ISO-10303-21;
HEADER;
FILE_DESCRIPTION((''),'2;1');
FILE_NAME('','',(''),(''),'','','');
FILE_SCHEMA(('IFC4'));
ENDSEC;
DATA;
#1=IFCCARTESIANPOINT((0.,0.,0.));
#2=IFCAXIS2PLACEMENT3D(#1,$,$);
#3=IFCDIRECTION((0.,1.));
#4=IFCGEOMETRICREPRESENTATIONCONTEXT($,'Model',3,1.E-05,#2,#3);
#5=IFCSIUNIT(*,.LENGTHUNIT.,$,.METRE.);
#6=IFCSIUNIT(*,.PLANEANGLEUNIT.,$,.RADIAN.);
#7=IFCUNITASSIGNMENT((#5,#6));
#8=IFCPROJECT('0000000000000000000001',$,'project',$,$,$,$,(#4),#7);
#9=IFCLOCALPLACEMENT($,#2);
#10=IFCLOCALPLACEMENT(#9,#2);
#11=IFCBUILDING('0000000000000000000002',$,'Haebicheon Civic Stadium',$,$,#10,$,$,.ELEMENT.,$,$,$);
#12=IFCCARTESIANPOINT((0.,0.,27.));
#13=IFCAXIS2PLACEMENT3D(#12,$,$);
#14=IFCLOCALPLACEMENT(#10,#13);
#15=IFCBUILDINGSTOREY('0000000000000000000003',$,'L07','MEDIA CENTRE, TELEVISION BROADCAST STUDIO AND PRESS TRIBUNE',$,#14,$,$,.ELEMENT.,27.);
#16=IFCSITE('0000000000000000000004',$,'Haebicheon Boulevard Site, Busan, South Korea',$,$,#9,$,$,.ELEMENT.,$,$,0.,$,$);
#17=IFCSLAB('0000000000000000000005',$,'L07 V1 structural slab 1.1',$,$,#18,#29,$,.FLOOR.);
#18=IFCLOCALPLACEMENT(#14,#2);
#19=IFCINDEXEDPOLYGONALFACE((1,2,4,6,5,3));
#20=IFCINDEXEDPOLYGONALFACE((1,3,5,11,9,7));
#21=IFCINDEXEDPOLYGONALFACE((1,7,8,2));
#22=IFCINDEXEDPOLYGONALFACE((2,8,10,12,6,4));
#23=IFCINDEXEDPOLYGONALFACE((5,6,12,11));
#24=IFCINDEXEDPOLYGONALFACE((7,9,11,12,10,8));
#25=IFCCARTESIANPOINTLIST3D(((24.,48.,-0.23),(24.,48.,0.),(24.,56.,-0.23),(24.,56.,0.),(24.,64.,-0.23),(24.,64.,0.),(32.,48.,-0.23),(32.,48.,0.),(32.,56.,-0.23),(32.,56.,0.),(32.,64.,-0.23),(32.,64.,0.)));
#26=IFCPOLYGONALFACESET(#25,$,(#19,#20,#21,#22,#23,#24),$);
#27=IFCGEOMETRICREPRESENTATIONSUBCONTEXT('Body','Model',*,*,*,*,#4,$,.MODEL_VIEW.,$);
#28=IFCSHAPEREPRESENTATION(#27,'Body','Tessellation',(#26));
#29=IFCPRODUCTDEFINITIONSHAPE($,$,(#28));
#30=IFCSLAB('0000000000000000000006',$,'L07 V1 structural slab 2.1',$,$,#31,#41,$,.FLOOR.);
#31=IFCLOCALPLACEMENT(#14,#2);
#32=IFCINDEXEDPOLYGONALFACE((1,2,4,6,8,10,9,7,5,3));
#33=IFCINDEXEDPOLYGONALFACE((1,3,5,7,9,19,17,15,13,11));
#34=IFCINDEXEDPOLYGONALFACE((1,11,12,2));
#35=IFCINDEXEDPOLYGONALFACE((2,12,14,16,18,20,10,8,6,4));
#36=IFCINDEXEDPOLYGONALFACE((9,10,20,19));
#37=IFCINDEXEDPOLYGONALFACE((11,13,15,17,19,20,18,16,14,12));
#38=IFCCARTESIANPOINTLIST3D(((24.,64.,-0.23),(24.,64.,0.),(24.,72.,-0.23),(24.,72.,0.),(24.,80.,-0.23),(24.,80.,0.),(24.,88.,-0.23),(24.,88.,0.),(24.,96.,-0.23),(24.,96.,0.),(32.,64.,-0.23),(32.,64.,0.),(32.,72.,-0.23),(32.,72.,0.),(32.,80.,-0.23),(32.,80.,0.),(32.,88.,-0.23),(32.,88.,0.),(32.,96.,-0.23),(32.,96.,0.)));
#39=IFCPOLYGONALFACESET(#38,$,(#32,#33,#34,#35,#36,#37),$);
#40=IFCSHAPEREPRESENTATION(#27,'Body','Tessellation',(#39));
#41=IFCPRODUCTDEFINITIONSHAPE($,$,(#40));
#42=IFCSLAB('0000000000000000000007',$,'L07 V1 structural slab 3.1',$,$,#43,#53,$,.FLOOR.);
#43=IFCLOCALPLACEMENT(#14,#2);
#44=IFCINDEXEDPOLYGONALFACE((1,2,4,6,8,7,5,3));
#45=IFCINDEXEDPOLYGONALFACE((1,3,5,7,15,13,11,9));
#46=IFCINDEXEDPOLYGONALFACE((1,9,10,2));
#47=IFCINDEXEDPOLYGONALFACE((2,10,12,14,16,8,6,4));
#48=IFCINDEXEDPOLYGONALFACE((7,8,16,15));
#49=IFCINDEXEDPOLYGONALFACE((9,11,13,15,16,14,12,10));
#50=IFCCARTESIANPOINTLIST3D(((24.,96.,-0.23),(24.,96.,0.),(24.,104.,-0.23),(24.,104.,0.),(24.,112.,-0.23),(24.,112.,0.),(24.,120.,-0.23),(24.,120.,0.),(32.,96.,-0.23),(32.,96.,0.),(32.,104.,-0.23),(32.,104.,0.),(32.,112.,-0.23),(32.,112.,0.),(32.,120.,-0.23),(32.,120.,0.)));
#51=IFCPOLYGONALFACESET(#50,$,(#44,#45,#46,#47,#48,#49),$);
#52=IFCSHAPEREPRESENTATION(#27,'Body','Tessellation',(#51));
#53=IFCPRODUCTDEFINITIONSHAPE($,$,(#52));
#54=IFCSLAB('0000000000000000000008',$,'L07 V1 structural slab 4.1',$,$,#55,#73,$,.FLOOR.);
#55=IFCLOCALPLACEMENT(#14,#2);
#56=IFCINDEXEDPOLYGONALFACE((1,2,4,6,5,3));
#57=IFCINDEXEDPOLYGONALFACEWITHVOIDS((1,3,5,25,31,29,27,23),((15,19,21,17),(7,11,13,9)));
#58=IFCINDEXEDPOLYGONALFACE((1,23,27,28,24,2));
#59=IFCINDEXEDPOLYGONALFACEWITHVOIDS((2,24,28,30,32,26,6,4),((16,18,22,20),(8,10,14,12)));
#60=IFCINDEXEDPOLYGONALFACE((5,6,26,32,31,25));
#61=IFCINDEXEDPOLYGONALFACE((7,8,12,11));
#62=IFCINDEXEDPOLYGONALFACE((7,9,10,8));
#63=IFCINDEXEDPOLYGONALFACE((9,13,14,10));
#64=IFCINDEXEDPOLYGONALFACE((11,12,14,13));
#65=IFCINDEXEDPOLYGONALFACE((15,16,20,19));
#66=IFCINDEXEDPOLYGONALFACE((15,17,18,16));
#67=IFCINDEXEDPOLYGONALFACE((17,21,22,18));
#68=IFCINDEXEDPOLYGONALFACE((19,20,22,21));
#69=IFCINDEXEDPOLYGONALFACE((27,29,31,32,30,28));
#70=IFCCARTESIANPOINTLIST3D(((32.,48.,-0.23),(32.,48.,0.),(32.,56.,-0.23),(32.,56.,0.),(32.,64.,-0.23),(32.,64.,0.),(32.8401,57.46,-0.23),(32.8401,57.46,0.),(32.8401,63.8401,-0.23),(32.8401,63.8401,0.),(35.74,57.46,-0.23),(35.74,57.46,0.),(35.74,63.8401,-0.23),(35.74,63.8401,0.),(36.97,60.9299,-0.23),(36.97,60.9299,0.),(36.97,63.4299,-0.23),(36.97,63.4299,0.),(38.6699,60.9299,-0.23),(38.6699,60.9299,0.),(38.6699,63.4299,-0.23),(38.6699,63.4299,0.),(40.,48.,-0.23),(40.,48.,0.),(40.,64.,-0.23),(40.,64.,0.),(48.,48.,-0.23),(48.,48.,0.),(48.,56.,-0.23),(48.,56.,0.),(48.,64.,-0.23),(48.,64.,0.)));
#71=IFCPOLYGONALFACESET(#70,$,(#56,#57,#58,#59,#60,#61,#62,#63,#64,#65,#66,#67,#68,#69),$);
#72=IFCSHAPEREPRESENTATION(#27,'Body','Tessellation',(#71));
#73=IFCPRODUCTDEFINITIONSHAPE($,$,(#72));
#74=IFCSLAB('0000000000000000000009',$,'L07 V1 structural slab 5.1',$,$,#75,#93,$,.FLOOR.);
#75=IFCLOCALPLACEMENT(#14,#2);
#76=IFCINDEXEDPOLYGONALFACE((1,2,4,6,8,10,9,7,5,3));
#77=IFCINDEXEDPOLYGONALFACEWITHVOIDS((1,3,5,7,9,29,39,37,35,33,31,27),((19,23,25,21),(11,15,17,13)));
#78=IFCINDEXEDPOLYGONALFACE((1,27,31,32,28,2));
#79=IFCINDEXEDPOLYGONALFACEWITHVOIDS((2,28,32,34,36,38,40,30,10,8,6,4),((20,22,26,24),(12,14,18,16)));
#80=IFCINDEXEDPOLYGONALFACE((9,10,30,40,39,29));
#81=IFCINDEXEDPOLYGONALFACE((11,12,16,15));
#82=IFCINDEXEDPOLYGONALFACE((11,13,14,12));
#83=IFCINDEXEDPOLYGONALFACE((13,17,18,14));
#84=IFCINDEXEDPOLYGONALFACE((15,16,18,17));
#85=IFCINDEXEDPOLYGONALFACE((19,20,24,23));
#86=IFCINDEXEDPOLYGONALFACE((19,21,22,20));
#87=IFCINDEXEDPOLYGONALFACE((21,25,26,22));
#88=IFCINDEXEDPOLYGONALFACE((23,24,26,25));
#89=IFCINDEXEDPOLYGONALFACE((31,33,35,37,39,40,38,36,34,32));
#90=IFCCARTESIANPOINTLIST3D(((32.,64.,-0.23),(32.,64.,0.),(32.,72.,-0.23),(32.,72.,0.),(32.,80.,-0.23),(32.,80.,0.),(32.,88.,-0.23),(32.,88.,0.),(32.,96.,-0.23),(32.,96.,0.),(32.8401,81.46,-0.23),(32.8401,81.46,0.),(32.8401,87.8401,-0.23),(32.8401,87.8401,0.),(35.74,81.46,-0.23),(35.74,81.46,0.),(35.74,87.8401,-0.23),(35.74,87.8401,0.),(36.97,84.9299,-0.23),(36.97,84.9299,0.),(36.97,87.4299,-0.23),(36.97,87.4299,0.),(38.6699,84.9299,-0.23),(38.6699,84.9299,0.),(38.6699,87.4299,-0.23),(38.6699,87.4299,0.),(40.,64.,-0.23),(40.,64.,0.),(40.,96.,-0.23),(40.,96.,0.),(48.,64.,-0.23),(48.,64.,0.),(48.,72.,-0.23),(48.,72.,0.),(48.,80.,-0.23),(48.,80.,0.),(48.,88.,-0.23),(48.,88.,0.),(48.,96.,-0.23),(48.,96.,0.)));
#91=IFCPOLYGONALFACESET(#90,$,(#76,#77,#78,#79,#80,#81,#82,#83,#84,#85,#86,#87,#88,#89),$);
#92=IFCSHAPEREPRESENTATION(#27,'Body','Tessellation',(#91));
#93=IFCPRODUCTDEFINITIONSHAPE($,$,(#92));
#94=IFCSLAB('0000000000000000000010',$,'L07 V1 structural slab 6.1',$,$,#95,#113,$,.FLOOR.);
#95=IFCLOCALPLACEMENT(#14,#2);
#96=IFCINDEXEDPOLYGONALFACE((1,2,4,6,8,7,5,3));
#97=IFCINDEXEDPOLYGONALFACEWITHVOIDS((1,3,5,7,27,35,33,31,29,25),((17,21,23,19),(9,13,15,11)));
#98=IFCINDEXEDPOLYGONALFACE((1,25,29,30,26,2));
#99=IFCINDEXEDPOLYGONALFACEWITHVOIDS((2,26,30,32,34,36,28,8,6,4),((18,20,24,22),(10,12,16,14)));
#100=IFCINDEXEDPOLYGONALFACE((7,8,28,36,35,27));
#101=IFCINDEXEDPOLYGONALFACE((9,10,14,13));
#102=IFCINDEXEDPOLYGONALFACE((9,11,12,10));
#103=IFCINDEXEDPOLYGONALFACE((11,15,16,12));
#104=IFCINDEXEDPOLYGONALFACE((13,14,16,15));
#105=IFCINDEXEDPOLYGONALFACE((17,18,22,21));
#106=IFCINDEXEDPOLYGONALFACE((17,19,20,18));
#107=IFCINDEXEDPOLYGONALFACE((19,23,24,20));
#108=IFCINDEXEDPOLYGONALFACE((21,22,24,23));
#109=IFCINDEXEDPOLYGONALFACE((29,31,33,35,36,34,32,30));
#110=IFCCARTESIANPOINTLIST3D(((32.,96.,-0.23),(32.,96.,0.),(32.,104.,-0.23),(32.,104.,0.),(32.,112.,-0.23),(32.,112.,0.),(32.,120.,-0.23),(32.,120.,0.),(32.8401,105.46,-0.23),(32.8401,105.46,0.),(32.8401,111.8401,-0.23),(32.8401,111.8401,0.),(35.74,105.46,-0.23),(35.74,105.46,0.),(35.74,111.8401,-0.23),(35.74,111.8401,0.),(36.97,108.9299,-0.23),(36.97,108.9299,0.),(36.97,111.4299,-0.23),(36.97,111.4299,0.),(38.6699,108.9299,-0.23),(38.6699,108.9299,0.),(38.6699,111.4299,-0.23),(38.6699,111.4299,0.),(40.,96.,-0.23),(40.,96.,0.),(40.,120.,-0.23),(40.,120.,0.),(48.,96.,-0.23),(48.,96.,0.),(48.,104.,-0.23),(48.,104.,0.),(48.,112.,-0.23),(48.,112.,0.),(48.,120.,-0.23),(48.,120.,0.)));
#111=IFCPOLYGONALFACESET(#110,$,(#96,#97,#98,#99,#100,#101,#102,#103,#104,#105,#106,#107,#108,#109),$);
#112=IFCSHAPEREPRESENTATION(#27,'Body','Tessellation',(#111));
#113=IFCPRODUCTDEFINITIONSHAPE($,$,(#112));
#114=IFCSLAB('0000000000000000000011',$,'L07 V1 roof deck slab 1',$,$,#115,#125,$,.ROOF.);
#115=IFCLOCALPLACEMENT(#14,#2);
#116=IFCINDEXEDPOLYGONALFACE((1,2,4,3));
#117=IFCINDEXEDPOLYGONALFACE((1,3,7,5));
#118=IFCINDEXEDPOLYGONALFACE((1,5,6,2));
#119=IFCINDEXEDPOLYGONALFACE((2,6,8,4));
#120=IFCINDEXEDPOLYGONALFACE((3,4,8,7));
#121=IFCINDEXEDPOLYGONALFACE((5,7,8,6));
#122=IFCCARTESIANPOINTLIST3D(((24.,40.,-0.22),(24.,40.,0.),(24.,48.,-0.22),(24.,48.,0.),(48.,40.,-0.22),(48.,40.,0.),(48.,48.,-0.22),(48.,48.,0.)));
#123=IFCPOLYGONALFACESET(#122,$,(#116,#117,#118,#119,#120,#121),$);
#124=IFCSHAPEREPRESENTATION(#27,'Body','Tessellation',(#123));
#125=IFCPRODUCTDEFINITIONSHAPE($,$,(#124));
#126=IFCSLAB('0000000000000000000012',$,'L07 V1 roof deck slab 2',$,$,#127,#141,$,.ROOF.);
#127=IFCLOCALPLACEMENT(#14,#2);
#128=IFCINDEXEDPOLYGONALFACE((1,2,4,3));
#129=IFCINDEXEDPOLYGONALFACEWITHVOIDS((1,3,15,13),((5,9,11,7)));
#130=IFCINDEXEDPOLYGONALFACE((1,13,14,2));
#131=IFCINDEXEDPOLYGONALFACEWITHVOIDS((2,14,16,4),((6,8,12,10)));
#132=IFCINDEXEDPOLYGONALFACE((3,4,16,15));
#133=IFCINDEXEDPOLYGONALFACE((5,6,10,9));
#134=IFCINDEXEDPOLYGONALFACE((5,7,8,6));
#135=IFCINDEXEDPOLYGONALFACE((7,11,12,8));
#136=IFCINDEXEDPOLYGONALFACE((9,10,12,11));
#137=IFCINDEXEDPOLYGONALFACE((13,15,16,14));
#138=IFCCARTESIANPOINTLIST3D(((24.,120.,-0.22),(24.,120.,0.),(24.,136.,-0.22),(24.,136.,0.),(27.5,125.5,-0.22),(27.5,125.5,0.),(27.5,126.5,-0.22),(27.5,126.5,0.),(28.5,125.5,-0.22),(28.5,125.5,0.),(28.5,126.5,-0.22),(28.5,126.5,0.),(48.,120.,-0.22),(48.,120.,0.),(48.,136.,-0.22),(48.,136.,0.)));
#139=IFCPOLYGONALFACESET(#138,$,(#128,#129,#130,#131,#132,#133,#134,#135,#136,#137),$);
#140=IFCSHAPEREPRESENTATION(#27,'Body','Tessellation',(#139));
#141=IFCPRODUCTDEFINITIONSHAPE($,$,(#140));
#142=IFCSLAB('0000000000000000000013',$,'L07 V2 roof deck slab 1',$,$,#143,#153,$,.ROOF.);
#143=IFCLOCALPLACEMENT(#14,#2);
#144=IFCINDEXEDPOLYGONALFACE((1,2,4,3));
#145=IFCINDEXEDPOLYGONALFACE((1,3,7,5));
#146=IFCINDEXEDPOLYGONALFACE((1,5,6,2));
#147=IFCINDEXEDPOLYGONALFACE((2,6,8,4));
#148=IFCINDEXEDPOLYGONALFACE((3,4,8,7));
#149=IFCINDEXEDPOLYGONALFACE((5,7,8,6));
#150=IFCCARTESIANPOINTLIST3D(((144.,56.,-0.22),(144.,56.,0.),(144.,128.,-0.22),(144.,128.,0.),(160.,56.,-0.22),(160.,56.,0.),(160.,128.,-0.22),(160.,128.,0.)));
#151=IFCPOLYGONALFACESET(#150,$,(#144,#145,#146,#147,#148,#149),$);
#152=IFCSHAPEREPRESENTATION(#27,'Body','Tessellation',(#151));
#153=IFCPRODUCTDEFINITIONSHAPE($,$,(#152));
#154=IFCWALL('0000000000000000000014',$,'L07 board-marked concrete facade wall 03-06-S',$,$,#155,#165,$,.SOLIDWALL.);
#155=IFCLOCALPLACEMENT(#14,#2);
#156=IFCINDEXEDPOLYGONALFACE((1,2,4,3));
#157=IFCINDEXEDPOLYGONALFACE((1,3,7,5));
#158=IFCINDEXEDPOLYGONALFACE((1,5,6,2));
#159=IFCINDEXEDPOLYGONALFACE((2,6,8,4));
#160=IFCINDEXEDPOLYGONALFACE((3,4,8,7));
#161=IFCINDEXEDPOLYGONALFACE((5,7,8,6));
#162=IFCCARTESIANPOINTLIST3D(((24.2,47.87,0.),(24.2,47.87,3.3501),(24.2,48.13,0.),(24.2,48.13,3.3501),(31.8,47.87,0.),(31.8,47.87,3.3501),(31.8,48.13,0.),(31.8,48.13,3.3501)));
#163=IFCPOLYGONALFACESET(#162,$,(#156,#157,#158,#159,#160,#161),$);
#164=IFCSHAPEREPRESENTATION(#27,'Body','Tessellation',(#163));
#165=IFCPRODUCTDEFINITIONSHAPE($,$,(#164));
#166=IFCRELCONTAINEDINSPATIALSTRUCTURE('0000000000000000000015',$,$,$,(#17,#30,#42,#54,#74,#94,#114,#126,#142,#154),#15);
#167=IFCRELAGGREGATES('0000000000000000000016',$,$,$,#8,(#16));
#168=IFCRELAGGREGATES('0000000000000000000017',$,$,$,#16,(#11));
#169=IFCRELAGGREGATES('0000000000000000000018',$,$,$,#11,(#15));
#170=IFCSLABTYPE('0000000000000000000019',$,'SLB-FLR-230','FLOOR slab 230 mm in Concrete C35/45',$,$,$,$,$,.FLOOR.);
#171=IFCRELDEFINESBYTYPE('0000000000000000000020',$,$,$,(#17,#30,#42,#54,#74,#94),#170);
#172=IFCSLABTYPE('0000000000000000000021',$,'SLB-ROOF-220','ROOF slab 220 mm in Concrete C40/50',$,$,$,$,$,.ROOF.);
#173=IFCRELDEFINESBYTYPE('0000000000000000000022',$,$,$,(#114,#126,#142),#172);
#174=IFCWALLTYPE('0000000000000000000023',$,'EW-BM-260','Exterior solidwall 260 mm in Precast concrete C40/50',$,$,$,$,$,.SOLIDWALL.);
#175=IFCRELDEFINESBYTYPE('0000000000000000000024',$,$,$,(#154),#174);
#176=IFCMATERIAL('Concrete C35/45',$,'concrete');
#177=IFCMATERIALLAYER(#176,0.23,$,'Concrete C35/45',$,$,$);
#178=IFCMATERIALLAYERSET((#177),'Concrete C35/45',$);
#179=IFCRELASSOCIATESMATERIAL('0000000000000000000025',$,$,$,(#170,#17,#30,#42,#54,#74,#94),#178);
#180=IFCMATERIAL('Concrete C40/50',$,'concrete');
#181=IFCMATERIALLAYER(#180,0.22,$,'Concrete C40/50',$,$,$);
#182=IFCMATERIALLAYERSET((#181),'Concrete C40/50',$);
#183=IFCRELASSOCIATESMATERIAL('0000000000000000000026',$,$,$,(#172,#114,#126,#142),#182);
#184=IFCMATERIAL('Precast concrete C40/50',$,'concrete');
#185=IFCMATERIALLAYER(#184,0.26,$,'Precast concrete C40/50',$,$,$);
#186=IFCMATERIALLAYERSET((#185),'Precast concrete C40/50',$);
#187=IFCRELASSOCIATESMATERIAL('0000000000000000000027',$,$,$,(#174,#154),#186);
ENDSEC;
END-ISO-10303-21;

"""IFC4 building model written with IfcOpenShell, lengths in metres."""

from ifc_helpers import new_model, si_unit, direction, frame, frame_2d, origin, place, context, subcontext, project, spatial, polyline, rectangle, outline, extrude, material, layer, layer_set, type_object, element, save


model = new_model("IFC4")

# Units and contexts
model_context = context("Model", 3, precision=1e-05, world=origin(), true_north=direction((0.0, 1.0)))
body_context = subcontext(model_context, "Body", "Model", "MODEL_VIEW")
ifc_project = project(units=[si_unit("LENGTHUNIT", "METRE"), si_unit("PLANEANGLEUNIT", "RADIAN")], contexts=[model_context])

# Site, building, storey
site_placement = place(None, origin())
site = spatial("IfcSite", under=ifc_project, at=site_placement, Name="Haebicheon Boulevard Site, Busan, South Korea", CompositionType="ELEMENT", RefElevation=0.0)
building_placement = place(site_placement, origin())
building = spatial("IfcBuilding", under=site, at=building_placement, Name="Haebicheon Civic Stadium", CompositionType="ELEMENT")
storey_placement = place(building_placement, frame((0.0, 0.0, 27.0)))
storey = spatial("IfcBuildingStorey", under=building, at=storey_placement, Name="L07", Description="MEDIA CENTRE, TELEVISION BROADCAST STUDIO AND PRESS TRIBUNE", CompositionType="ELEMENT", Elevation=27.0)

# Slabs
ifc_material_1 = material(Name="Concrete C35/45", Category="concrete")
ifc_layer_1 = layer(ifc_material_1, 0.23, Name="Concrete C35/45")
ifc_layer_set_1 = layer_set([ifc_layer_1], Name="Concrete C35/45")
slab_type_1 = type_object("IfcSlabType", Name="SLB-FLR-230", Description="FLOOR slab 230 mm in Concrete C35/45", PredefinedType="FLOOR", material=ifc_layer_set_1)
slab_1_placement = place(storey_placement, frame((0.0, 0.0, -0.23)))
element("IfcSlab", 1, at=slab_1_placement, inside=storey, type_object=slab_type_1, material=ifc_layer_set_1, Name="L07 V1 structural slab 1.1", PredefinedType="FLOOR", context=body_context, shape_type="SweptSolid", body=[
    extrude(outline(polyline([(32.0, 48.0), (24.0, 48.0), (24.0, 56.0), (24.0, 64.0), (32.0, 64.0), (32.0, 56.0), (32.0, 48.0)])), origin(), (0.0, 0.0, 1.0), 0.23),
])
slab_2_placement = place(storey_placement, frame((0.0, 0.0, -0.23)))
element("IfcSlab", 2, at=slab_2_placement, inside=storey, type_object=slab_type_1, material=ifc_layer_set_1, Name="L07 V1 structural slab 2.1", PredefinedType="FLOOR", context=body_context, shape_type="SweptSolid", body=[
    extrude(outline(polyline([(24.0, 64.0), (24.0, 72.0), (24.0, 80.0), (24.0, 88.0), (24.0, 96.0), (32.0, 96.0), (32.0, 88.0), (32.0, 80.0), (32.0, 72.0), (32.0, 64.0), (24.0, 64.0)])), origin(), (0.0, 0.0, 1.0), 0.23),
])
slab_3_placement = place(storey_placement, frame((0.0, 0.0, -0.23)))
element("IfcSlab", 3, at=slab_3_placement, inside=storey, type_object=slab_type_1, material=ifc_layer_set_1, Name="L07 V1 structural slab 3.1", PredefinedType="FLOOR", context=body_context, shape_type="SweptSolid", body=[
    extrude(outline(polyline([(32.0, 96.0), (24.0, 96.0), (24.0, 104.0), (24.0, 112.0), (24.0, 120.0), (32.0, 120.0), (32.0, 112.0), (32.0, 104.0), (32.0, 96.0)])), origin(), (0.0, 0.0, 1.0), 0.23),
])
slab_4_placement = place(storey_placement, frame((0.0, 0.0, -0.23)))
element("IfcSlab", 4, at=slab_4_placement, inside=storey, type_object=slab_type_1, material=ifc_layer_set_1, Name="L07 V1 structural slab 4.1", PredefinedType="FLOOR", context=body_context, shape_type="SweptSolid", body=[
    extrude(outline(polyline([(32.0, 56.0), (32.0, 64.0), (40.0, 64.0), (48.0, 64.0), (48.0, 56.0), (48.0, 48.0), (40.0, 48.0), (32.0, 48.0), (32.0, 56.0)]), holes=[polyline([(32.8401, 57.46), (35.74, 57.46), (35.74, 63.8401), (32.8401, 63.8401), (32.8401, 57.46)]), polyline([(36.97, 60.9299), (38.6699, 60.9299), (38.6699, 63.4299), (36.97, 63.4299), (36.97, 60.9299)])]), origin(), (0.0, 0.0, 1.0), 0.23),
])
slab_5_placement = place(storey_placement, frame((0.0, 0.0, -0.23)))
element("IfcSlab", 5, at=slab_5_placement, inside=storey, type_object=slab_type_1, material=ifc_layer_set_1, Name="L07 V1 structural slab 5.1", PredefinedType="FLOOR", context=body_context, shape_type="SweptSolid", body=[
    extrude(outline(polyline([(32.0, 80.0), (32.0, 88.0), (32.0, 96.0), (40.0, 96.0), (48.0, 96.0), (48.0, 88.0), (48.0, 80.0), (48.0, 72.0), (48.0, 64.0), (40.0, 64.0), (32.0, 64.0), (32.0, 72.0), (32.0, 80.0)]), holes=[polyline([(32.8401, 81.46), (35.74, 81.46), (35.74, 87.8401), (32.8401, 87.8401), (32.8401, 81.46)]), polyline([(36.97, 84.9299), (38.6699, 84.9299), (38.6699, 87.4299), (36.97, 87.4299), (36.97, 84.9299)])]), origin(), (0.0, 0.0, 1.0), 0.23),
])
slab_6_placement = place(storey_placement, frame((0.0, 0.0, -0.23)))
element("IfcSlab", 6, at=slab_6_placement, inside=storey, type_object=slab_type_1, material=ifc_layer_set_1, Name="L07 V1 structural slab 6.1", PredefinedType="FLOOR", context=body_context, shape_type="SweptSolid", body=[
    extrude(outline(polyline([(32.0, 104.0), (32.0, 112.0), (32.0, 120.0), (40.0, 120.0), (48.0, 120.0), (48.0, 112.0), (48.0, 104.0), (48.0, 96.0), (40.0, 96.0), (32.0, 96.0), (32.0, 104.0)]), holes=[polyline([(32.8401, 105.46), (35.74, 105.46), (35.74, 111.8401), (32.8401, 111.8401), (32.8401, 105.46)]), polyline([(36.97, 108.9299), (38.6699, 108.9299), (38.6699, 111.4299), (36.97, 111.4299), (36.97, 108.9299)])]), origin(), (0.0, 0.0, 1.0), 0.23),
])
ifc_material_2 = material(Name="Concrete C40/50", Category="concrete")
ifc_layer_2 = layer(ifc_material_2, 0.22, Name="Concrete C40/50")
ifc_layer_set_2 = layer_set([ifc_layer_2], Name="Concrete C40/50")
slab_type_2 = type_object("IfcSlabType", Name="SLB-ROOF-220", Description="ROOF slab 220 mm in Concrete C40/50", PredefinedType="ROOF", material=ifc_layer_set_2)
slab_7_placement = place(storey_placement, frame((0.0, 0.0, -0.22)))
element("IfcSlab", 7, at=slab_7_placement, inside=storey, type_object=slab_type_2, material=ifc_layer_set_2, Name="L07 V1 roof deck slab 1", PredefinedType="ROOF", context=body_context, shape_type="SweptSolid", body=[
    extrude(outline(polyline([(24.0, 48.0), (48.0, 48.0), (48.0, 40.0), (24.0, 40.0), (24.0, 48.0)])), origin(), (0.0, 0.0, 1.0), 0.22),
])
slab_8_placement = place(storey_placement, frame((0.0, 0.0, -0.22)))
element("IfcSlab", 8, at=slab_8_placement, inside=storey, type_object=slab_type_2, material=ifc_layer_set_2, Name="L07 V1 roof deck slab 2", PredefinedType="ROOF", context=body_context, shape_type="SweptSolid", body=[
    extrude(outline(polyline([(24.0, 120.0), (24.0, 136.0), (48.0, 136.0), (48.0, 120.0), (24.0, 120.0)]), holes=[polyline([(27.5, 125.5), (28.5, 125.5), (28.5, 126.5), (27.5, 126.5), (27.5, 125.5)])]), origin(), (0.0, 0.0, 1.0), 0.22),
])
slab_9_placement = place(storey_placement, frame((0.0, 0.0, -0.22)))
element("IfcSlab", 9, at=slab_9_placement, inside=storey, type_object=slab_type_2, material=ifc_layer_set_2, Name="L07 V2 roof deck slab 1", PredefinedType="ROOF", context=body_context, shape_type="SweptSolid", body=[
    extrude(outline(polyline([(144.0, 56.0), (144.0, 128.0), (160.0, 128.0), (160.0, 56.0), (144.0, 56.0)])), origin(), (0.0, 0.0, 1.0), 0.22),
])

# Wall
ifc_material_3 = material(Name="Precast concrete C40/50", Category="concrete")
ifc_layer_3 = layer(ifc_material_3, 0.26, Name="Precast concrete C40/50")
ifc_layer_set_3 = layer_set([ifc_layer_3], Name="Precast concrete C40/50")
wall_type = type_object("IfcWallType", Name="EW-BM-260", Description="Exterior solidwall 260 mm in Precast concrete C40/50", PredefinedType="SOLIDWALL", material=ifc_layer_set_3)
for number, where, z_axis, x_axis, name in (
    (10, (24.2, 48.0, 0.0), (0.0, 0.0, 1.0), (1.0, 0.0, 0.0), "L07 board-marked concrete facade wall 03-06-S"),
):
    element("IfcWall", number, at=place(storey_placement, frame(where, z_axis=z_axis, x_axis=x_axis)), inside=storey, type_object=wall_type, material=ifc_layer_set_3, Name=name, PredefinedType="SOLIDWALL", context=body_context, shape_type="SweptSolid", body=[
        extrude(rectangle(XDim=7.6001, YDim=0.26, at=frame_2d((3.8, 0.0))), origin(), (0.0, 0.0, 1.0), 3.3501),
    ])

save(model, "model.ifc")
